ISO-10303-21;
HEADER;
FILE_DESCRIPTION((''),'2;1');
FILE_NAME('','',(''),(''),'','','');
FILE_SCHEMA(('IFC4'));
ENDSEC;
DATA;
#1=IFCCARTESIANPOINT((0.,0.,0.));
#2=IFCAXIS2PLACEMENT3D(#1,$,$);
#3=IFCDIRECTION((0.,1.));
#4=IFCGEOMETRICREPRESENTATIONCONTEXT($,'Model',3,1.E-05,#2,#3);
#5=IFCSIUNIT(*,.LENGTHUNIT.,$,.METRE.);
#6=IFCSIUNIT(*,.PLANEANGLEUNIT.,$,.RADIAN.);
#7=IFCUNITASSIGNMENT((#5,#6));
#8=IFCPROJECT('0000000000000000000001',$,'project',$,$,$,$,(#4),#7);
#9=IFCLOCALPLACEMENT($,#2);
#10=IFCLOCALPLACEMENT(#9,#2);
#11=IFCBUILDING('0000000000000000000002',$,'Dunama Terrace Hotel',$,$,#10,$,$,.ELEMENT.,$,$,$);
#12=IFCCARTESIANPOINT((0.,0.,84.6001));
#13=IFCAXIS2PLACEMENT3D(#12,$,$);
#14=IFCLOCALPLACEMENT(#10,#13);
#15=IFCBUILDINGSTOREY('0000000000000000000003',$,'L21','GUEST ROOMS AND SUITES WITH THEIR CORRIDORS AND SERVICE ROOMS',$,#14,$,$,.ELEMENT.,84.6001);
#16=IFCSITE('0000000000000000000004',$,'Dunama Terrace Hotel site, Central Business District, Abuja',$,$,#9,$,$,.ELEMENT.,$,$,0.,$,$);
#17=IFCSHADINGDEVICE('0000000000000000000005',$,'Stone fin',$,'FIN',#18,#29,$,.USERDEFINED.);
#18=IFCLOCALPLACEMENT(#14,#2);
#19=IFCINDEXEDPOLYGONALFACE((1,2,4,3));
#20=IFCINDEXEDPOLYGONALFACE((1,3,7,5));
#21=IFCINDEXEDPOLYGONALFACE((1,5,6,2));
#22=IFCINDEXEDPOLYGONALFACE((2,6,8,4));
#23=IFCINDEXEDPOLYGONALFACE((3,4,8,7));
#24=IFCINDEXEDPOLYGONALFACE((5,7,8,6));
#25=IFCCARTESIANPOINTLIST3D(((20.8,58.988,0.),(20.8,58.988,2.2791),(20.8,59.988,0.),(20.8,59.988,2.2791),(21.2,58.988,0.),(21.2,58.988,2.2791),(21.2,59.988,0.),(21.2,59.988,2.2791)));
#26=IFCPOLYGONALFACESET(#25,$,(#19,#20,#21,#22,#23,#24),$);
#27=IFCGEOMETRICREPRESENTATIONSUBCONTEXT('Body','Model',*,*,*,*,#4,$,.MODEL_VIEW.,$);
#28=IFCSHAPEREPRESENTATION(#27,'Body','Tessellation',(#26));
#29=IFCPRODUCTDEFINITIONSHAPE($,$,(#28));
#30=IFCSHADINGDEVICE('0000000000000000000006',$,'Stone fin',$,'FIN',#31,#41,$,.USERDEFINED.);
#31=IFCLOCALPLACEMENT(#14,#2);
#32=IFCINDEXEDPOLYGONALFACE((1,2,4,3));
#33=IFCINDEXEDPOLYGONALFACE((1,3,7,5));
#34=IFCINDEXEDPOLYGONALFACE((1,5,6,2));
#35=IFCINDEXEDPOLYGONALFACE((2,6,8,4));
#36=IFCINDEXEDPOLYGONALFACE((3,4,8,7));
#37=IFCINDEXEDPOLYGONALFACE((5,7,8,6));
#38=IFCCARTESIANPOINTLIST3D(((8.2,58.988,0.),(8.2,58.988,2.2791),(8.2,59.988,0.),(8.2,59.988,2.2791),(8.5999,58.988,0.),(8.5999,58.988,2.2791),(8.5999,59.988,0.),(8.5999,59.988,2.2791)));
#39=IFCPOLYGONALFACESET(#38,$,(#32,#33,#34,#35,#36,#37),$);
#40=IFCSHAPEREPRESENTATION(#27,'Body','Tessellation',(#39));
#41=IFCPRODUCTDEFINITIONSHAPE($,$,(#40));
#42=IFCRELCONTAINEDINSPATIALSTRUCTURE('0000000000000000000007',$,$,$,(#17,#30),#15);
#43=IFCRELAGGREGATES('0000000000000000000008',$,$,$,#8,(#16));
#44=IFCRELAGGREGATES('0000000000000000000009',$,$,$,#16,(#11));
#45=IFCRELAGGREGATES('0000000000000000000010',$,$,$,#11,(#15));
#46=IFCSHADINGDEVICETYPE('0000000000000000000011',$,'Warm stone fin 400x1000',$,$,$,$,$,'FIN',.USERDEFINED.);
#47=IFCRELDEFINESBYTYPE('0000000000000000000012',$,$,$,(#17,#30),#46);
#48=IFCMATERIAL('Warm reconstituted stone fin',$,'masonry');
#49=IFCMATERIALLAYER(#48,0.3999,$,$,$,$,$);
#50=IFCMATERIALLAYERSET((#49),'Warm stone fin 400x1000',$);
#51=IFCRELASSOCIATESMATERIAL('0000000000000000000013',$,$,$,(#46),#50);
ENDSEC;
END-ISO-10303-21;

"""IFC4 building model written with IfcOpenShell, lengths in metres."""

from ifc_helpers import new_model, si_unit, direction, frame, origin, origin_2d, place, context, subcontext, project, spatial, rectangle, extrude, material, layer, layer_set, type_object, element, save


model = new_model("IFC4")

# Units and contexts
model_context = context("Model", 3, precision=1e-05, world=origin(), true_north=direction((0.0, 1.0)))
body_context = subcontext(model_context, "Body", "Model", "MODEL_VIEW")
ifc_project = project(units=[si_unit("LENGTHUNIT", "METRE"), si_unit("PLANEANGLEUNIT", "RADIAN")], contexts=[model_context])

# Site, building, storey
site_placement = place(None, origin())
site = spatial("IfcSite", under=ifc_project, at=site_placement, Name="Dunama Terrace Hotel site, Central Business District, Abuja", CompositionType="ELEMENT", RefElevation=0.0)
building_placement = place(site_placement, origin())
building = spatial("IfcBuilding", under=site, at=building_placement, Name="Dunama Terrace Hotel", CompositionType="ELEMENT")
storey_placement = place(building_placement, frame((0.0, 0.0, 84.6001)))
storey = spatial("IfcBuildingStorey", under=building, at=storey_placement, Name="L21", Description="GUEST ROOMS AND SUITES WITH THEIR CORRIDORS AND SERVICE ROOMS", CompositionType="ELEMENT", Elevation=84.6001)

# Shading devices
ifc_material_1 = material(Name="Warm reconstituted stone fin", Category="masonry")
ifc_layer_1 = layer(ifc_material_1, 0.3999)
ifc_layer_set_1 = layer_set([ifc_layer_1], Name="Warm stone fin 400x1000")
shading_device_type = type_object("IfcShadingDeviceType", Name="Warm stone fin 400x1000", ElementType="FIN", PredefinedType="USERDEFINED", material=ifc_layer_set_1)
for number, where, z_axis, x_axis, name in (
    (1, (21.0, 59.488, 0.0), (0.0, 0.0, 1.0), (-1.0, 0.0, 0.0), "Stone fin"),
    (2, (8.3999, 59.488, 0.0), (0.0, 0.0, 1.0), (-1.0, 0.0, 0.0), "Stone fin"),
):
    element("IfcShadingDevice", number, at=place(storey_placement, frame(where, z_axis=z_axis, x_axis=x_axis)), inside=storey, type_object=shading_device_type, Name=name, ObjectType="FIN", PredefinedType="USERDEFINED", context=body_context, shape_type="SweptSolid", body=[
        extrude(rectangle(XDim=0.3999, YDim=1.0, at=origin_2d()), origin(), (0.0, 0.0, 1.0), 2.2791),
    ])

save(model, "model.ifc")
